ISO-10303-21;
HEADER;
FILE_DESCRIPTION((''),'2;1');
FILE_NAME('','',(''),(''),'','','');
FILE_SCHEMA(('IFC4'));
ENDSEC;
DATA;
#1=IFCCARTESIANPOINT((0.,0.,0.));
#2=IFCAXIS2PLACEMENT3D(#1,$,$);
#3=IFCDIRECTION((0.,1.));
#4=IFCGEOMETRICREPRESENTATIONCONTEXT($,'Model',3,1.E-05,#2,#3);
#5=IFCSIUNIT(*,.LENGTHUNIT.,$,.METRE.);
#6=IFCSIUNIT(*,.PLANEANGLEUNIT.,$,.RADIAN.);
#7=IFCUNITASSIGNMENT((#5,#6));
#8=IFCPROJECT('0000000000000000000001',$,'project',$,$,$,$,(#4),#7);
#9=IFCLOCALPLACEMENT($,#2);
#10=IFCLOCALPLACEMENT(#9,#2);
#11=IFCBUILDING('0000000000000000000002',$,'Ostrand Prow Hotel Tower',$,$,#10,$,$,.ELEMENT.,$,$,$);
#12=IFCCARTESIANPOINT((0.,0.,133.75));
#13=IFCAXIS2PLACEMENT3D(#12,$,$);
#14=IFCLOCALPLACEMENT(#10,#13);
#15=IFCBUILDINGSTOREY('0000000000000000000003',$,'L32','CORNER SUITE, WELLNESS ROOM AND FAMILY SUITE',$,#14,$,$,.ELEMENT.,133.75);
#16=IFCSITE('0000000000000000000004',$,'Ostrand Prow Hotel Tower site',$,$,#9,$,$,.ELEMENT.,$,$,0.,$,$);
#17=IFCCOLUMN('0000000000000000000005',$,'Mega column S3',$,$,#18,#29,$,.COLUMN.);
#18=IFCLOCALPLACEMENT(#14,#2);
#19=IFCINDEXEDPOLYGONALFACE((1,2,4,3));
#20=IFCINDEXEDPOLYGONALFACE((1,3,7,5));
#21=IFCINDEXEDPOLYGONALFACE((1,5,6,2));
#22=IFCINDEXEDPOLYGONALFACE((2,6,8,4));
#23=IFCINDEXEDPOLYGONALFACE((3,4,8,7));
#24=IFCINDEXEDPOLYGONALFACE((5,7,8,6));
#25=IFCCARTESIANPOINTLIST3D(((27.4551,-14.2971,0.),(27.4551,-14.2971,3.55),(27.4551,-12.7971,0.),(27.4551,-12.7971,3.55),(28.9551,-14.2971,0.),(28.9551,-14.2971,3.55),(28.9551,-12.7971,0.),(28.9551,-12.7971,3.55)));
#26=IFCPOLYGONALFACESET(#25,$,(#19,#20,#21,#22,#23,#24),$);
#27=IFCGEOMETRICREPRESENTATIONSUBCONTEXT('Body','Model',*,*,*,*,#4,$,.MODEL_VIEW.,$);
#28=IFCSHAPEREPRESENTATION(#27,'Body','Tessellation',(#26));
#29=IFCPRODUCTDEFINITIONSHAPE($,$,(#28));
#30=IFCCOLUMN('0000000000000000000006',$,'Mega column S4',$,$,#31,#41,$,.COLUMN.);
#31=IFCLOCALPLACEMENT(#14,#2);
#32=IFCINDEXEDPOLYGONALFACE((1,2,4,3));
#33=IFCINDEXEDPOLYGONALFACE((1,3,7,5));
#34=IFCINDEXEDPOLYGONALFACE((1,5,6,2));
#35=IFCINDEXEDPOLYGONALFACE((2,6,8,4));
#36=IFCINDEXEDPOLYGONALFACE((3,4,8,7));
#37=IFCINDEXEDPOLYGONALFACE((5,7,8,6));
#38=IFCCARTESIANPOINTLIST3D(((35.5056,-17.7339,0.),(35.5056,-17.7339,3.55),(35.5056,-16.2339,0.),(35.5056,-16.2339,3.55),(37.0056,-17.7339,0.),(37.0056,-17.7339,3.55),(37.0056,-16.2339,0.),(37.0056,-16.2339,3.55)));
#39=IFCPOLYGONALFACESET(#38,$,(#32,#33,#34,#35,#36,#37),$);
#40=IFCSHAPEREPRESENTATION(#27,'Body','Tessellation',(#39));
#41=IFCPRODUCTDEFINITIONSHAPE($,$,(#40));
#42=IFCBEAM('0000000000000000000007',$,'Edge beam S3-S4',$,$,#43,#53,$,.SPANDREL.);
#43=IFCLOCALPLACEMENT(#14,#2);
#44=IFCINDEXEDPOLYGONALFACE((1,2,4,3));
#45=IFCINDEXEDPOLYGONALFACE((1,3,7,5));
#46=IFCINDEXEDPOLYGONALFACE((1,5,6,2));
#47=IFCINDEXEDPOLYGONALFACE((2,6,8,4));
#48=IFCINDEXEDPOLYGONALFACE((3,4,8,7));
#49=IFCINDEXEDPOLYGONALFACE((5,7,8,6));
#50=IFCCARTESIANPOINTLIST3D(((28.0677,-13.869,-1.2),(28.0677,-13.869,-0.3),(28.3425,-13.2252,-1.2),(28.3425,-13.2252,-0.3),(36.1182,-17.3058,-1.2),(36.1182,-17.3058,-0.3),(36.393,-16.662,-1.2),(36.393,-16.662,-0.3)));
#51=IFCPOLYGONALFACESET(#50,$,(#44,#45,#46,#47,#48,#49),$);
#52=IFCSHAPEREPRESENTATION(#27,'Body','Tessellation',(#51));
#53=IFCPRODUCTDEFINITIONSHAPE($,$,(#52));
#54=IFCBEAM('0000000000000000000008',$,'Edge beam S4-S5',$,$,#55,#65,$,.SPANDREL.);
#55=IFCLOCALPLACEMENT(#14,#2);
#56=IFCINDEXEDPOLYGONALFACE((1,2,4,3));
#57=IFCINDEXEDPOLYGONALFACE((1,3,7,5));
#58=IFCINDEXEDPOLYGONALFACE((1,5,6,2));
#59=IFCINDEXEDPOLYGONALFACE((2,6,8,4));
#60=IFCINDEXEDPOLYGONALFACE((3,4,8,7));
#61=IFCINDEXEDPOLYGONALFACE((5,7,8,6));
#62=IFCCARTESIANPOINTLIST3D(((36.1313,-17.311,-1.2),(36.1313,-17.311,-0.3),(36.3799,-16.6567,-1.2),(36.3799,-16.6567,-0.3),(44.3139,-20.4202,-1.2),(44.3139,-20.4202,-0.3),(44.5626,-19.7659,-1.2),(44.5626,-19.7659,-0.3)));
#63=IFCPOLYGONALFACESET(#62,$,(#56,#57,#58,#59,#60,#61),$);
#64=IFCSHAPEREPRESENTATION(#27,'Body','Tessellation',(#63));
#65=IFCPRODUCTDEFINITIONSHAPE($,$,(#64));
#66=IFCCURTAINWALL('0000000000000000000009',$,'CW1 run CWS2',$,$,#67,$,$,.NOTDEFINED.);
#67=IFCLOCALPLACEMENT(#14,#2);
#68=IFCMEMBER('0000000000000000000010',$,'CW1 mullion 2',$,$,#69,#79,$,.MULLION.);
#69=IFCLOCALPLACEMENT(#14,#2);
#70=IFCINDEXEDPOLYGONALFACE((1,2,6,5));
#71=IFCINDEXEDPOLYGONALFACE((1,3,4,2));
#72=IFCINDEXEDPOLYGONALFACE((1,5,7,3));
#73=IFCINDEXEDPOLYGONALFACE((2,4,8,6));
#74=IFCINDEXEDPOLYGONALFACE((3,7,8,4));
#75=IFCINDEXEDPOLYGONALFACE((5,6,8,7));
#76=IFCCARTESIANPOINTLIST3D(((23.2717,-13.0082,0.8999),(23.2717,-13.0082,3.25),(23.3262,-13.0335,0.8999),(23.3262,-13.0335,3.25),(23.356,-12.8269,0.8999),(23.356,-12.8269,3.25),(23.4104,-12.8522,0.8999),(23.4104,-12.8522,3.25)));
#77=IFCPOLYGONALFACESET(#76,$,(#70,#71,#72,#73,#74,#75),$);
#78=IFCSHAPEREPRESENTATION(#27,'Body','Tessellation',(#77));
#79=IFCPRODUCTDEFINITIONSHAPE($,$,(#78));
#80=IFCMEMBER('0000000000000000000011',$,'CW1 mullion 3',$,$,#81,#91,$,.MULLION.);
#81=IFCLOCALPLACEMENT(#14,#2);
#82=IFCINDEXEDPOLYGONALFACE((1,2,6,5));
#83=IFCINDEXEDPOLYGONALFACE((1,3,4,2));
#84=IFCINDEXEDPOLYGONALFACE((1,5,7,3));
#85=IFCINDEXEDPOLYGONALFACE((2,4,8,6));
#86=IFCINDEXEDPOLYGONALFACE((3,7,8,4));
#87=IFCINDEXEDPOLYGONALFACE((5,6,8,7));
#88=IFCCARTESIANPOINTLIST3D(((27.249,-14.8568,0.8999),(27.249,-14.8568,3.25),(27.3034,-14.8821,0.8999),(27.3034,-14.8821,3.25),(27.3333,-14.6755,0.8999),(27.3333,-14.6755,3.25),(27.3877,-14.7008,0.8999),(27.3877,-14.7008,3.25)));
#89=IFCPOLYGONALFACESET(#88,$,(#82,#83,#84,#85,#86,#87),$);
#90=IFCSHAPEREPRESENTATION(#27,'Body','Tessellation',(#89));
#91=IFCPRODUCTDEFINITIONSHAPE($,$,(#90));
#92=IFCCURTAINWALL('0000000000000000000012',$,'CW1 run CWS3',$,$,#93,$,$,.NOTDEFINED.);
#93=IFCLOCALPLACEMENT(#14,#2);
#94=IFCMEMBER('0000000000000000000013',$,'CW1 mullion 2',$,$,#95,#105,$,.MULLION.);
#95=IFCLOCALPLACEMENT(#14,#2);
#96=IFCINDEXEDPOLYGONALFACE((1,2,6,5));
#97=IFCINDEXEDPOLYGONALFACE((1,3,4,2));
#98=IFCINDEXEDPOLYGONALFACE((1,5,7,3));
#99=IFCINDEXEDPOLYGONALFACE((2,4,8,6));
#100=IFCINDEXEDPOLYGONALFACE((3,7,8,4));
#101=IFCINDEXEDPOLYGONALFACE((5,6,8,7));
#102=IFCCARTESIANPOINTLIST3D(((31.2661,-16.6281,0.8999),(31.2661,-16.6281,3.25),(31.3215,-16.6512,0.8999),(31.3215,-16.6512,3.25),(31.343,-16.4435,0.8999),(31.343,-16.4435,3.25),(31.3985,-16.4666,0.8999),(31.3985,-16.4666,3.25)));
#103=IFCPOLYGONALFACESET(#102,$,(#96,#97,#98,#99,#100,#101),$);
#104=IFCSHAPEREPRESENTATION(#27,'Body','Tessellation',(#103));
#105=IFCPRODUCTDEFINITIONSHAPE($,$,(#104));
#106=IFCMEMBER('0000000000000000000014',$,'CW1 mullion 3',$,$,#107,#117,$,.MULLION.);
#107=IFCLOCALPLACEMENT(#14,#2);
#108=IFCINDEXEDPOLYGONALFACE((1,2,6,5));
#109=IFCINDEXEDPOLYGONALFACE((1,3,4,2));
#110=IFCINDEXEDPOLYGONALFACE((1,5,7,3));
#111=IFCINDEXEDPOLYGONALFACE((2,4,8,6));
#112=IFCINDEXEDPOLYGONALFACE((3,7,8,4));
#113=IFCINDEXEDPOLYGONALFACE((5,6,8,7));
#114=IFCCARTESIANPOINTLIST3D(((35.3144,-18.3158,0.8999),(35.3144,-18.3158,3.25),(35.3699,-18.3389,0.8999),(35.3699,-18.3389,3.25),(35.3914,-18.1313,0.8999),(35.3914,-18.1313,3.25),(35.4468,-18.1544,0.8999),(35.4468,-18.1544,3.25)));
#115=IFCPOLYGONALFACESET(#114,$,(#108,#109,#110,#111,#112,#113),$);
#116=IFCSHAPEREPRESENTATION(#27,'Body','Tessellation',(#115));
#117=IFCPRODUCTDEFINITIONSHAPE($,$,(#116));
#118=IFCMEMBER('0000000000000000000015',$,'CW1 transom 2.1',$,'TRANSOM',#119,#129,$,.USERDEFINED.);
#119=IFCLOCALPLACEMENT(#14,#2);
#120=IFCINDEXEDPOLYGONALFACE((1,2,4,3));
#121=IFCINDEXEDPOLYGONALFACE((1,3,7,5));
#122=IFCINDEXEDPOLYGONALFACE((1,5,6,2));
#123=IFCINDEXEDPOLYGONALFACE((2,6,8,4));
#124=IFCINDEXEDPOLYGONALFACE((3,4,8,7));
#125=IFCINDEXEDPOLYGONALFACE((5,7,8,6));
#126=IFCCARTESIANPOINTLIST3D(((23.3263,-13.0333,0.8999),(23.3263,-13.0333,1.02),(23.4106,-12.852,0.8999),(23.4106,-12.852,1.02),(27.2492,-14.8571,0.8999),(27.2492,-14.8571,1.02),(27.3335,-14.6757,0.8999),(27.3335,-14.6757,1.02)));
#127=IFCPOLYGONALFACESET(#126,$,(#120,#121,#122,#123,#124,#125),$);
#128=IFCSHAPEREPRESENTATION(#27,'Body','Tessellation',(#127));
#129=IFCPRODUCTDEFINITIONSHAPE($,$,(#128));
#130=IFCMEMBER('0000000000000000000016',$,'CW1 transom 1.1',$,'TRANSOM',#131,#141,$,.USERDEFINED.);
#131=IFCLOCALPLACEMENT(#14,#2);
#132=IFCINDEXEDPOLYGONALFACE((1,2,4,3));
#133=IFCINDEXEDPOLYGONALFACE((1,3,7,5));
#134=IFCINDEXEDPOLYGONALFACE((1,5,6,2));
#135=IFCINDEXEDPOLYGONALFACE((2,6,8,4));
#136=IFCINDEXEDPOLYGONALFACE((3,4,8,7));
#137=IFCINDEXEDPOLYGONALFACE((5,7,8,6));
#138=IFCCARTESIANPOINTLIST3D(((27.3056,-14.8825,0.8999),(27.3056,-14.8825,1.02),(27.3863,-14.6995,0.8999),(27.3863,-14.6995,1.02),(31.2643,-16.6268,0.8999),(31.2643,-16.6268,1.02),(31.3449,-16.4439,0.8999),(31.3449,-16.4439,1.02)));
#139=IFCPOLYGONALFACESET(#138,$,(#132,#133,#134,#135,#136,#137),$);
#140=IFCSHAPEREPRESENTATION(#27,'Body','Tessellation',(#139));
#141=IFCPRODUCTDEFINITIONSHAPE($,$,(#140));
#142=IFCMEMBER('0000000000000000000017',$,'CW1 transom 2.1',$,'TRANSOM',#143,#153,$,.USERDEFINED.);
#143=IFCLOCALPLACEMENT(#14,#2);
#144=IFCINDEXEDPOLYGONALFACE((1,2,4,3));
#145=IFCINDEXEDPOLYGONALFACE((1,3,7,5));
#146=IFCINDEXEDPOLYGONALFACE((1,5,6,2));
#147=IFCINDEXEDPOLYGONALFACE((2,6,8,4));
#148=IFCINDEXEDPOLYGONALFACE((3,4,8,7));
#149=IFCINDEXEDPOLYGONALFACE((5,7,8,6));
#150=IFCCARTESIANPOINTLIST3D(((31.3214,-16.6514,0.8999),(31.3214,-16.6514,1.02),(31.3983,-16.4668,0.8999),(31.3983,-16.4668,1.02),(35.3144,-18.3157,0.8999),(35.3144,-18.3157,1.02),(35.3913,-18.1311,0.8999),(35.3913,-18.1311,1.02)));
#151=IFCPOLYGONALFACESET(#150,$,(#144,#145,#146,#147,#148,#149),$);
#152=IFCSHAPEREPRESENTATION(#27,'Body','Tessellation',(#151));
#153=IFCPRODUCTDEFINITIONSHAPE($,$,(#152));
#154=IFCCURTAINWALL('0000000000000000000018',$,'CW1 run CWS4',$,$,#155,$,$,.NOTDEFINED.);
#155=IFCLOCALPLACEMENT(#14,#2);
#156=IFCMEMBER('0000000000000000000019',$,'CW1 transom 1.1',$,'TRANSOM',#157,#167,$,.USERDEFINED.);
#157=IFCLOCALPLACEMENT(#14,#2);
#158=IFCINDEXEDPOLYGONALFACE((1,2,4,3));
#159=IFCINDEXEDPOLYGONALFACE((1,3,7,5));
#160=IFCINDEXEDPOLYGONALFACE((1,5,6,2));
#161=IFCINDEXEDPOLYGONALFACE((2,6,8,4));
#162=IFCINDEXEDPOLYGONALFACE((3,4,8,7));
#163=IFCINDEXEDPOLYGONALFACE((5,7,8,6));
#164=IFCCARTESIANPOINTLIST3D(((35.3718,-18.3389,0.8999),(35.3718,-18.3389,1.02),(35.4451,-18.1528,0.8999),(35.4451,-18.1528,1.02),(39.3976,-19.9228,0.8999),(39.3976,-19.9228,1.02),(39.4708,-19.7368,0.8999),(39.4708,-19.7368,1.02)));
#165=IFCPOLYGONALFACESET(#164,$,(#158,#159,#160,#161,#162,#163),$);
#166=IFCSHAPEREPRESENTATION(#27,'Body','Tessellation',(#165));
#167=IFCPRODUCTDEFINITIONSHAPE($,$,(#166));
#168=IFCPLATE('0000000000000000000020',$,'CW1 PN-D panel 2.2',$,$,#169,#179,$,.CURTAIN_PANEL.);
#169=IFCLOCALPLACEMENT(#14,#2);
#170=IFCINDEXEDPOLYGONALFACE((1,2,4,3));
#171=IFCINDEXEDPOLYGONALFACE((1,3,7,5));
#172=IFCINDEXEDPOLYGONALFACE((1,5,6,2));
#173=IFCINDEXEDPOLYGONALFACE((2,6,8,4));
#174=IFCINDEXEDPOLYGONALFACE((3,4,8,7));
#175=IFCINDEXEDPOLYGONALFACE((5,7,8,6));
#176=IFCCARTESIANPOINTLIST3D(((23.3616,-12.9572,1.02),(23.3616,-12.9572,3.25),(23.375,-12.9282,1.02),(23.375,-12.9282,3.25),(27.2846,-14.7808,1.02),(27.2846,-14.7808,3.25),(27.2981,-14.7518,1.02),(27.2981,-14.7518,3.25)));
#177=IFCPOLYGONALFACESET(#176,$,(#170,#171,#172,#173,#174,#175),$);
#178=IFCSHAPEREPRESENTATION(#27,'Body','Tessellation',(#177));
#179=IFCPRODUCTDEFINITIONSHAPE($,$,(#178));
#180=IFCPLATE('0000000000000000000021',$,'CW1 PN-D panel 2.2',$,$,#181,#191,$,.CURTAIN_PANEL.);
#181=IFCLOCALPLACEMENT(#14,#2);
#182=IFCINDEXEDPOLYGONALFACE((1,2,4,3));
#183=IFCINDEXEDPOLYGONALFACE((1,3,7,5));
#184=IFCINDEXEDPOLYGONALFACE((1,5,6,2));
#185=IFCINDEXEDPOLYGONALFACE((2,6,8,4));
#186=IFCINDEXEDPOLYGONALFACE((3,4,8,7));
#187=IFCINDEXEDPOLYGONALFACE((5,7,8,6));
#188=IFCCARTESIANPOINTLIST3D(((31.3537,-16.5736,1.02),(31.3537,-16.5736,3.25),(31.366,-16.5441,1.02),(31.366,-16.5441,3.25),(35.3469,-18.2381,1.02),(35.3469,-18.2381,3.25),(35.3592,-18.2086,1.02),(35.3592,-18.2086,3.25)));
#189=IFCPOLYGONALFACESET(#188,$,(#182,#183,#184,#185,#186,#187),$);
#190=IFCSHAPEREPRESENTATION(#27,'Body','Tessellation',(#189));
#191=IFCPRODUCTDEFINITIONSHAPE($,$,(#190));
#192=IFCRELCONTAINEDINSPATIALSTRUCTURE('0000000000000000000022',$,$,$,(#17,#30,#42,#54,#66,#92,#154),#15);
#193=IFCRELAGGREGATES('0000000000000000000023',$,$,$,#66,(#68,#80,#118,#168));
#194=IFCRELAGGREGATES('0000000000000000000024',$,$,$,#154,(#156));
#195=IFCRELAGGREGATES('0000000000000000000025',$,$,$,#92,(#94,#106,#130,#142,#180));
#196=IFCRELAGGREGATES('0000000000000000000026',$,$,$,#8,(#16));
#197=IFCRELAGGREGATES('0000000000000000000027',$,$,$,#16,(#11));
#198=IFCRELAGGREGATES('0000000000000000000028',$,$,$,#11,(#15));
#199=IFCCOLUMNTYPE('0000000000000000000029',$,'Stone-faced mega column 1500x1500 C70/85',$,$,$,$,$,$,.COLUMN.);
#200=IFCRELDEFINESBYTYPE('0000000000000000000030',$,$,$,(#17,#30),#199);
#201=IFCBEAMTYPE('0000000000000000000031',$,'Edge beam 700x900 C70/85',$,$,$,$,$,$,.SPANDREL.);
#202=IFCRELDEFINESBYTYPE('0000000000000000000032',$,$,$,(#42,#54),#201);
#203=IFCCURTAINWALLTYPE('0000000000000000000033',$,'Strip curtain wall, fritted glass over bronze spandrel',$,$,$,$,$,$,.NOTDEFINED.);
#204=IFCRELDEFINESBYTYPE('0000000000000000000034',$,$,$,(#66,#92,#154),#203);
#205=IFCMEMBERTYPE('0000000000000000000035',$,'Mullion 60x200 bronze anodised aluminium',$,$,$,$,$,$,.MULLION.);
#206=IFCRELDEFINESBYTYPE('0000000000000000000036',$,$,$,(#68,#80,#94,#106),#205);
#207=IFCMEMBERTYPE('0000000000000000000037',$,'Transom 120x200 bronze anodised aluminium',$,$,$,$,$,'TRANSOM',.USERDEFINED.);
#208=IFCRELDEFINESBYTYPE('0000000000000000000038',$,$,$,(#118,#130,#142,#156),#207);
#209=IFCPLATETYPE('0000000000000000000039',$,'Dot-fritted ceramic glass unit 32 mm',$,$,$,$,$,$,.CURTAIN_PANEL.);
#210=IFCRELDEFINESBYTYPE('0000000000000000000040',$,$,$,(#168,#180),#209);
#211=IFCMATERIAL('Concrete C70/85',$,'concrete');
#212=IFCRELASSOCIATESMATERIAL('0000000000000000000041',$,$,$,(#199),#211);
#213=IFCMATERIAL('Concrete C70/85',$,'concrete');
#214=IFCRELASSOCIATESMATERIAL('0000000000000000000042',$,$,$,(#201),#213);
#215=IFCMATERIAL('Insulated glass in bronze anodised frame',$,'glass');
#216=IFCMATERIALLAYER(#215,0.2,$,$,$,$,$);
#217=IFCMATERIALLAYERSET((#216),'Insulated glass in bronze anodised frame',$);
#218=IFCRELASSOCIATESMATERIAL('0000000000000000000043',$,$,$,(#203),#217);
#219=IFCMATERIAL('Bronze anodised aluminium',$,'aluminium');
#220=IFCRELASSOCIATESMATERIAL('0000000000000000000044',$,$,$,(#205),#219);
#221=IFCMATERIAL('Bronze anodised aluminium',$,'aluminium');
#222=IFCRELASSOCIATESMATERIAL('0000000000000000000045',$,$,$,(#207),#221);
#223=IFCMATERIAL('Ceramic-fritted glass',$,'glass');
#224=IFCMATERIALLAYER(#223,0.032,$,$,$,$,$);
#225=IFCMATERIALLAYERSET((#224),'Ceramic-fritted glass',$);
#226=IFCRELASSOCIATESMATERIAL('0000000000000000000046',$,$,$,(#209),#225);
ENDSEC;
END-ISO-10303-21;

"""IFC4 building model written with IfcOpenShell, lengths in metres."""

from ifc_helpers import new_model, si_unit, direction, frame, origin, origin_2d, place, context, subcontext, project, spatial, rectangle, extrude, material, layer, layer_set, material_profile, profile_set, type_object, element, aggregate, save


model = new_model("IFC4")

# Units and contexts
model_context = context("Model", 3, precision=1e-05, world=origin(), true_north=direction((0.0, 1.0)))
body_context = subcontext(model_context, "Body", "Model", "MODEL_VIEW")
ifc_project = project(units=[si_unit("LENGTHUNIT", "METRE"), si_unit("PLANEANGLEUNIT", "RADIAN")], contexts=[model_context])

# Site, building, storey
site_placement = place(None, origin())
site = spatial("IfcSite", under=ifc_project, at=site_placement, Name="Ostrand Prow Hotel Tower site", CompositionType="ELEMENT", RefElevation=0.0)
building_placement = place(site_placement, origin())
building = spatial("IfcBuilding", under=site, at=building_placement, Name="Ostrand Prow Hotel Tower", CompositionType="ELEMENT")
storey_placement = place(building_placement, frame((0.0, 0.0, 133.75)))
storey = spatial("IfcBuildingStorey", under=building, at=storey_placement, Name="L32", Description="CORNER SUITE, WELLNESS ROOM AND FAMILY SUITE", CompositionType="ELEMENT", Elevation=133.75)

# Columns
ifc_material_1 = material(Name="Concrete C70/85", Category="concrete")
ifc_material_profile_1 = material_profile(ifc_material_1, rectangle(XDim=1.5, YDim=1.5, at=origin_2d()), Name="RC 1500x1500")
ifc_profile_set_1 = profile_set([ifc_material_profile_1], Name="Concrete C70/85")
column_type = type_object("IfcColumnType", Name="Stone-faced mega column 1500x1500 C70/85", PredefinedType="COLUMN", material=ifc_profile_set_1)
for number, where, z_axis, x_axis, name in (
    (1, (28.2051, -13.5471, 0.0), (0.0, 0.0, 1.0), (1.0, 0.0, 0.0), "Mega column S3"),
    (2, (36.2556, -16.9839, 0.0), (0.0, 0.0, 1.0), (1.0, 0.0, 0.0), "Mega column S4"),
):
    element("IfcColumn", number, at=place(storey_placement, frame(where, z_axis=z_axis, x_axis=x_axis)), inside=storey, type_object=column_type, Name=name, PredefinedType="COLUMN", context=body_context, shape_type="SweptSolid", body=[
        extrude(rectangle(XDim=1.5, YDim=1.5, at=origin_2d()), origin(), (0.0, 0.0, 1.0), 3.55),
    ])

# Beams
ifc_material_2 = material(Name="Concrete C70/85", Category="concrete")
ifc_material_profile_2 = material_profile(ifc_material_2, rectangle(XDim=0.7, YDim=0.8999, at=origin_2d()), Name="RC 700x900")
ifc_profile_set_2 = profile_set([ifc_material_profile_2], Name="Concrete C70/85")
beam_type = type_object("IfcBeamType", Name="Edge beam 700x900 C70/85", PredefinedType="SPANDREL", material=ifc_profile_set_2)
for number, where, z_axis, x_axis, name in (
    (3, (28.2051, -13.5471, -0.75), (0.919701, -0.39262, 0.0), (0.39262, 0.919701, 0.0), "Edge beam S3-S4"),
    (4, (36.2556, -16.9839, -0.75), (0.934794, -0.355191, 0.0), (0.355191, 0.934794, 0.0), "Edge beam S4-S5"),
):
    element("IfcBeam", number, at=place(storey_placement, frame(where, z_axis=z_axis, x_axis=x_axis)), inside=storey, type_object=beam_type, Name=name, PredefinedType="SPANDREL", context=body_context, shape_type="SweptSolid", body=[
        extrude(rectangle(XDim=0.7, YDim=0.8999, at=origin_2d()), origin(), (0.0, 0.0, 1.0), 8.7534),
    ])

# Curtain walls, members
ifc_material_3 = material(Name="Insulated glass in bronze anodised frame", Category="glass")
ifc_layer_1 = layer(ifc_material_3, 0.2)
ifc_layer_set_1 = layer_set([ifc_layer_1], Name="Insulated glass in bronze anodised frame")
curtain_wall_type = type_object("IfcCurtainWallType", Name="Strip curtain wall, fritted glass over bronze spandrel", PredefinedType="NOTDEFINED", material=ifc_layer_set_1)
curtain_wall_1_placement = place(storey_placement, origin())
curtain_wall_1 = element("IfcCurtainWall", 5, at=curtain_wall_1_placement, inside=storey, type_object=curtain_wall_type, Name="CW1 run CWS2", PredefinedType="NOTDEFINED")
ifc_material_4 = material(Name="Bronze anodised aluminium", Category="aluminium")
ifc_material_profile_3 = material_profile(ifc_material_4, rectangle(XDim=0.2, YDim=0.0601, at=origin_2d()), Name="Mullion 60x200 bronze anodised aluminium")
ifc_profile_set_3 = profile_set([ifc_material_profile_3], Name="Bronze anodised aluminium")
member_type_1 = type_object("IfcMemberType", Name="Mullion 60x200 bronze anodised aluminium", PredefinedType="MULLION", material=ifc_profile_set_3)
member_1_placement = place(storey_placement, frame((23.3411, -12.9302, 0.8999), z_axis=(0.0, 0.0, 1.0), x_axis=(0.421522, 0.906818, 0.0)))
member_1 = element("IfcMember", 6, at=member_1_placement, type_object=member_type_1, Name="CW1 mullion 2", PredefinedType="MULLION", context=body_context, shape_type="SweptSolid", body=[
    extrude(rectangle(XDim=0.2, YDim=0.0601, at=origin_2d()), origin(), (0.0, 0.0, 1.0), 2.3501),
])
member_2_placement = place(storey_placement, frame((27.3184, -14.7788, 0.8999), z_axis=(0.0, 0.0, 1.0), x_axis=(0.421522, 0.906818, 0.0)))
member_2 = element("IfcMember", 7, at=member_2_placement, type_object=member_type_1, Name="CW1 mullion 3", PredefinedType="MULLION", context=body_context, shape_type="SweptSolid", body=[
    extrude(rectangle(XDim=0.2, YDim=0.0601, at=origin_2d()), origin(), (0.0, 0.0, 1.0), 2.3501),
])
curtain_wall_2_placement = place(storey_placement, origin())
curtain_wall_2 = element("IfcCurtainWall", 8, at=curtain_wall_2_placement, inside=storey, type_object=curtain_wall_type, Name="CW1 run CWS3", PredefinedType="NOTDEFINED")
member_3_placement = place(storey_placement, frame((31.3323, -16.5474, 0.8999), z_axis=(0.0, 0.0, 1.0), x_axis=(0.384743, 0.923024, 0.0)))
member_3 = element("IfcMember", 9, at=member_3_placement, type_object=member_type_1, Name="CW1 mullion 2", PredefinedType="MULLION", context=body_context, shape_type="SweptSolid", body=[
    extrude(rectangle(XDim=0.2, YDim=0.0601, at=origin_2d()), origin(), (0.0, 0.0, 1.0), 2.3501),
])
member_4_placement = place(storey_placement, frame((35.3806, -18.2351, 0.8999), z_axis=(0.0, 0.0, 1.0), x_axis=(0.384743, 0.923024, 0.0)))
member_4 = element("IfcMember", 10, at=member_4_placement, type_object=member_type_1, Name="CW1 mullion 3", PredefinedType="MULLION", context=body_context, shape_type="SweptSolid", body=[
    extrude(rectangle(XDim=0.2, YDim=0.0601, at=origin_2d()), origin(), (0.0, 0.0, 1.0), 2.3501),
])

# Members
ifc_material_5 = material(Name="Bronze anodised aluminium", Category="aluminium")
ifc_material_profile_4 = material_profile(ifc_material_5, rectangle(XDim=0.2, YDim=0.1201, at=origin_2d()), Name="Transom 120x200 bronze anodised aluminium")
ifc_profile_set_4 = profile_set([ifc_material_profile_4], Name="Bronze anodised aluminium")
member_type_2 = type_object("IfcMemberType", Name="Transom 120x200 bronze anodised aluminium", ElementType="TRANSOM", PredefinedType="USERDEFINED", material=ifc_profile_set_4)
member_5_placement = place(storey_placement, frame((23.3684, -12.9426, 0.96), z_axis=(0.906796, -0.421569, 0.0), x_axis=(0.421569, 0.906796, 0.0)))
member_5 = element("IfcMember", 11, at=member_5_placement, type_object=member_type_2, Name="CW1 transom 2.1", ObjectType="TRANSOM", PredefinedType="USERDEFINED", context=body_context, shape_type="SweptSolid", body=[
    extrude(rectangle(XDim=0.2, YDim=0.1201, at=origin_2d()), origin(), (0.0, 0.0, 1.0), 4.3262),
])
member_6_placement = place(storey_placement, frame((27.3459, -14.791, 0.96), z_axis=(0.915099, -0.40323, 0.0), x_axis=(0.40323, 0.915099, 0.0)))
member_6 = element("IfcMember", 12, at=member_6_placement, type_object=member_type_2, Name="CW1 transom 1.1", ObjectType="TRANSOM", PredefinedType="USERDEFINED", context=body_context, shape_type="SweptSolid", body=[
    extrude(rectangle(XDim=0.2, YDim=0.1201, at=origin_2d()), origin(), (0.0, 0.0, 1.0), 4.3259),
])
member_7_placement = place(storey_placement, frame((31.3599, -16.5591, 0.96), z_axis=(0.923028, -0.384732, 0.0), x_axis=(0.384732, 0.923028, 0.0)))
member_7 = element("IfcMember", 13, at=member_7_placement, type_object=member_type_2, Name="CW1 transom 2.1", ObjectType="TRANSOM", PredefinedType="USERDEFINED", context=body_context, shape_type="SweptSolid", body=[
    extrude(rectangle(XDim=0.2, YDim=0.1201, at=origin_2d()), origin(), (0.0, 0.0, 1.0), 4.3259),
])

# Curtain wall, member
curtain_wall_3_placement = place(storey_placement, origin())
curtain_wall_3 = element("IfcCurtainWall", 14, at=curtain_wall_3_placement, inside=storey, type_object=curtain_wall_type, Name="CW1 run CWS4", PredefinedType="NOTDEFINED")
member_8_placement = place(storey_placement, frame((35.4084, -18.2458, 0.96), z_axis=(0.930563, -0.366131, 0.0), x_axis=(0.366131, 0.930563, 0.0)))
member_8 = element("IfcMember", 15, at=member_8_placement, type_object=member_type_2, Name="CW1 transom 1.1", ObjectType="TRANSOM", PredefinedType="USERDEFINED", context=body_context, shape_type="SweptSolid", body=[
    extrude(rectangle(XDim=0.2, YDim=0.1201, at=origin_2d()), origin(), (0.0, 0.0, 1.0), 4.3262),
])

# Plates
ifc_material_6 = material(Name="Ceramic-fritted glass", Category="glass")
ifc_layer_2 = layer(ifc_material_6, 0.032)
ifc_layer_set_2 = layer_set([ifc_layer_2], Name="Ceramic-fritted glass")
plate_type_1 = type_object("IfcPlateType", Name="Dot-fritted ceramic glass unit 32 mm", PredefinedType="CURTAIN_PANEL", material=ifc_layer_set_2)
plate_1_placement = place(storey_placement, frame((25.3298, -13.8545, 1.02), z_axis=(0.0, 0.0, 1.0), x_axis=(0.906818, -0.421522, 0.0)))
plate_1 = element("IfcPlate", 16, at=plate_1_placement, type_object=plate_type_1, Name="CW1 PN-D panel 2.2", PredefinedType="CURTAIN_PANEL", context=body_context, shape_type="SweptSolid", body=[
    extrude(rectangle(XDim=4.3262, YDim=0.032, at=origin_2d()), origin(), (0.0, 0.0, 1.0), 2.23),
])
aggregate(curtain_wall_1, [member_1, member_2, member_5, plate_1])
plate_2_placement = place(storey_placement, frame((33.3564, -17.3911, 1.02), z_axis=(0.0, 0.0, 1.0), x_axis=(0.923024, -0.384743, 0.0)))
plate_2 = element("IfcPlate", 17, at=plate_2_placement, type_object=plate_type_1, Name="CW1 PN-D panel 2.2", PredefinedType="CURTAIN_PANEL", context=body_context, shape_type="SweptSolid", body=[
    extrude(rectangle(XDim=4.3262, YDim=0.032, at=origin_2d()), origin(), (0.0, 0.0, 1.0), 2.23),
])
aggregate(curtain_wall_3, [member_8])
aggregate(curtain_wall_2, [member_3, member_4, member_6, member_7, plate_2])

save(model, "model.ifc")
